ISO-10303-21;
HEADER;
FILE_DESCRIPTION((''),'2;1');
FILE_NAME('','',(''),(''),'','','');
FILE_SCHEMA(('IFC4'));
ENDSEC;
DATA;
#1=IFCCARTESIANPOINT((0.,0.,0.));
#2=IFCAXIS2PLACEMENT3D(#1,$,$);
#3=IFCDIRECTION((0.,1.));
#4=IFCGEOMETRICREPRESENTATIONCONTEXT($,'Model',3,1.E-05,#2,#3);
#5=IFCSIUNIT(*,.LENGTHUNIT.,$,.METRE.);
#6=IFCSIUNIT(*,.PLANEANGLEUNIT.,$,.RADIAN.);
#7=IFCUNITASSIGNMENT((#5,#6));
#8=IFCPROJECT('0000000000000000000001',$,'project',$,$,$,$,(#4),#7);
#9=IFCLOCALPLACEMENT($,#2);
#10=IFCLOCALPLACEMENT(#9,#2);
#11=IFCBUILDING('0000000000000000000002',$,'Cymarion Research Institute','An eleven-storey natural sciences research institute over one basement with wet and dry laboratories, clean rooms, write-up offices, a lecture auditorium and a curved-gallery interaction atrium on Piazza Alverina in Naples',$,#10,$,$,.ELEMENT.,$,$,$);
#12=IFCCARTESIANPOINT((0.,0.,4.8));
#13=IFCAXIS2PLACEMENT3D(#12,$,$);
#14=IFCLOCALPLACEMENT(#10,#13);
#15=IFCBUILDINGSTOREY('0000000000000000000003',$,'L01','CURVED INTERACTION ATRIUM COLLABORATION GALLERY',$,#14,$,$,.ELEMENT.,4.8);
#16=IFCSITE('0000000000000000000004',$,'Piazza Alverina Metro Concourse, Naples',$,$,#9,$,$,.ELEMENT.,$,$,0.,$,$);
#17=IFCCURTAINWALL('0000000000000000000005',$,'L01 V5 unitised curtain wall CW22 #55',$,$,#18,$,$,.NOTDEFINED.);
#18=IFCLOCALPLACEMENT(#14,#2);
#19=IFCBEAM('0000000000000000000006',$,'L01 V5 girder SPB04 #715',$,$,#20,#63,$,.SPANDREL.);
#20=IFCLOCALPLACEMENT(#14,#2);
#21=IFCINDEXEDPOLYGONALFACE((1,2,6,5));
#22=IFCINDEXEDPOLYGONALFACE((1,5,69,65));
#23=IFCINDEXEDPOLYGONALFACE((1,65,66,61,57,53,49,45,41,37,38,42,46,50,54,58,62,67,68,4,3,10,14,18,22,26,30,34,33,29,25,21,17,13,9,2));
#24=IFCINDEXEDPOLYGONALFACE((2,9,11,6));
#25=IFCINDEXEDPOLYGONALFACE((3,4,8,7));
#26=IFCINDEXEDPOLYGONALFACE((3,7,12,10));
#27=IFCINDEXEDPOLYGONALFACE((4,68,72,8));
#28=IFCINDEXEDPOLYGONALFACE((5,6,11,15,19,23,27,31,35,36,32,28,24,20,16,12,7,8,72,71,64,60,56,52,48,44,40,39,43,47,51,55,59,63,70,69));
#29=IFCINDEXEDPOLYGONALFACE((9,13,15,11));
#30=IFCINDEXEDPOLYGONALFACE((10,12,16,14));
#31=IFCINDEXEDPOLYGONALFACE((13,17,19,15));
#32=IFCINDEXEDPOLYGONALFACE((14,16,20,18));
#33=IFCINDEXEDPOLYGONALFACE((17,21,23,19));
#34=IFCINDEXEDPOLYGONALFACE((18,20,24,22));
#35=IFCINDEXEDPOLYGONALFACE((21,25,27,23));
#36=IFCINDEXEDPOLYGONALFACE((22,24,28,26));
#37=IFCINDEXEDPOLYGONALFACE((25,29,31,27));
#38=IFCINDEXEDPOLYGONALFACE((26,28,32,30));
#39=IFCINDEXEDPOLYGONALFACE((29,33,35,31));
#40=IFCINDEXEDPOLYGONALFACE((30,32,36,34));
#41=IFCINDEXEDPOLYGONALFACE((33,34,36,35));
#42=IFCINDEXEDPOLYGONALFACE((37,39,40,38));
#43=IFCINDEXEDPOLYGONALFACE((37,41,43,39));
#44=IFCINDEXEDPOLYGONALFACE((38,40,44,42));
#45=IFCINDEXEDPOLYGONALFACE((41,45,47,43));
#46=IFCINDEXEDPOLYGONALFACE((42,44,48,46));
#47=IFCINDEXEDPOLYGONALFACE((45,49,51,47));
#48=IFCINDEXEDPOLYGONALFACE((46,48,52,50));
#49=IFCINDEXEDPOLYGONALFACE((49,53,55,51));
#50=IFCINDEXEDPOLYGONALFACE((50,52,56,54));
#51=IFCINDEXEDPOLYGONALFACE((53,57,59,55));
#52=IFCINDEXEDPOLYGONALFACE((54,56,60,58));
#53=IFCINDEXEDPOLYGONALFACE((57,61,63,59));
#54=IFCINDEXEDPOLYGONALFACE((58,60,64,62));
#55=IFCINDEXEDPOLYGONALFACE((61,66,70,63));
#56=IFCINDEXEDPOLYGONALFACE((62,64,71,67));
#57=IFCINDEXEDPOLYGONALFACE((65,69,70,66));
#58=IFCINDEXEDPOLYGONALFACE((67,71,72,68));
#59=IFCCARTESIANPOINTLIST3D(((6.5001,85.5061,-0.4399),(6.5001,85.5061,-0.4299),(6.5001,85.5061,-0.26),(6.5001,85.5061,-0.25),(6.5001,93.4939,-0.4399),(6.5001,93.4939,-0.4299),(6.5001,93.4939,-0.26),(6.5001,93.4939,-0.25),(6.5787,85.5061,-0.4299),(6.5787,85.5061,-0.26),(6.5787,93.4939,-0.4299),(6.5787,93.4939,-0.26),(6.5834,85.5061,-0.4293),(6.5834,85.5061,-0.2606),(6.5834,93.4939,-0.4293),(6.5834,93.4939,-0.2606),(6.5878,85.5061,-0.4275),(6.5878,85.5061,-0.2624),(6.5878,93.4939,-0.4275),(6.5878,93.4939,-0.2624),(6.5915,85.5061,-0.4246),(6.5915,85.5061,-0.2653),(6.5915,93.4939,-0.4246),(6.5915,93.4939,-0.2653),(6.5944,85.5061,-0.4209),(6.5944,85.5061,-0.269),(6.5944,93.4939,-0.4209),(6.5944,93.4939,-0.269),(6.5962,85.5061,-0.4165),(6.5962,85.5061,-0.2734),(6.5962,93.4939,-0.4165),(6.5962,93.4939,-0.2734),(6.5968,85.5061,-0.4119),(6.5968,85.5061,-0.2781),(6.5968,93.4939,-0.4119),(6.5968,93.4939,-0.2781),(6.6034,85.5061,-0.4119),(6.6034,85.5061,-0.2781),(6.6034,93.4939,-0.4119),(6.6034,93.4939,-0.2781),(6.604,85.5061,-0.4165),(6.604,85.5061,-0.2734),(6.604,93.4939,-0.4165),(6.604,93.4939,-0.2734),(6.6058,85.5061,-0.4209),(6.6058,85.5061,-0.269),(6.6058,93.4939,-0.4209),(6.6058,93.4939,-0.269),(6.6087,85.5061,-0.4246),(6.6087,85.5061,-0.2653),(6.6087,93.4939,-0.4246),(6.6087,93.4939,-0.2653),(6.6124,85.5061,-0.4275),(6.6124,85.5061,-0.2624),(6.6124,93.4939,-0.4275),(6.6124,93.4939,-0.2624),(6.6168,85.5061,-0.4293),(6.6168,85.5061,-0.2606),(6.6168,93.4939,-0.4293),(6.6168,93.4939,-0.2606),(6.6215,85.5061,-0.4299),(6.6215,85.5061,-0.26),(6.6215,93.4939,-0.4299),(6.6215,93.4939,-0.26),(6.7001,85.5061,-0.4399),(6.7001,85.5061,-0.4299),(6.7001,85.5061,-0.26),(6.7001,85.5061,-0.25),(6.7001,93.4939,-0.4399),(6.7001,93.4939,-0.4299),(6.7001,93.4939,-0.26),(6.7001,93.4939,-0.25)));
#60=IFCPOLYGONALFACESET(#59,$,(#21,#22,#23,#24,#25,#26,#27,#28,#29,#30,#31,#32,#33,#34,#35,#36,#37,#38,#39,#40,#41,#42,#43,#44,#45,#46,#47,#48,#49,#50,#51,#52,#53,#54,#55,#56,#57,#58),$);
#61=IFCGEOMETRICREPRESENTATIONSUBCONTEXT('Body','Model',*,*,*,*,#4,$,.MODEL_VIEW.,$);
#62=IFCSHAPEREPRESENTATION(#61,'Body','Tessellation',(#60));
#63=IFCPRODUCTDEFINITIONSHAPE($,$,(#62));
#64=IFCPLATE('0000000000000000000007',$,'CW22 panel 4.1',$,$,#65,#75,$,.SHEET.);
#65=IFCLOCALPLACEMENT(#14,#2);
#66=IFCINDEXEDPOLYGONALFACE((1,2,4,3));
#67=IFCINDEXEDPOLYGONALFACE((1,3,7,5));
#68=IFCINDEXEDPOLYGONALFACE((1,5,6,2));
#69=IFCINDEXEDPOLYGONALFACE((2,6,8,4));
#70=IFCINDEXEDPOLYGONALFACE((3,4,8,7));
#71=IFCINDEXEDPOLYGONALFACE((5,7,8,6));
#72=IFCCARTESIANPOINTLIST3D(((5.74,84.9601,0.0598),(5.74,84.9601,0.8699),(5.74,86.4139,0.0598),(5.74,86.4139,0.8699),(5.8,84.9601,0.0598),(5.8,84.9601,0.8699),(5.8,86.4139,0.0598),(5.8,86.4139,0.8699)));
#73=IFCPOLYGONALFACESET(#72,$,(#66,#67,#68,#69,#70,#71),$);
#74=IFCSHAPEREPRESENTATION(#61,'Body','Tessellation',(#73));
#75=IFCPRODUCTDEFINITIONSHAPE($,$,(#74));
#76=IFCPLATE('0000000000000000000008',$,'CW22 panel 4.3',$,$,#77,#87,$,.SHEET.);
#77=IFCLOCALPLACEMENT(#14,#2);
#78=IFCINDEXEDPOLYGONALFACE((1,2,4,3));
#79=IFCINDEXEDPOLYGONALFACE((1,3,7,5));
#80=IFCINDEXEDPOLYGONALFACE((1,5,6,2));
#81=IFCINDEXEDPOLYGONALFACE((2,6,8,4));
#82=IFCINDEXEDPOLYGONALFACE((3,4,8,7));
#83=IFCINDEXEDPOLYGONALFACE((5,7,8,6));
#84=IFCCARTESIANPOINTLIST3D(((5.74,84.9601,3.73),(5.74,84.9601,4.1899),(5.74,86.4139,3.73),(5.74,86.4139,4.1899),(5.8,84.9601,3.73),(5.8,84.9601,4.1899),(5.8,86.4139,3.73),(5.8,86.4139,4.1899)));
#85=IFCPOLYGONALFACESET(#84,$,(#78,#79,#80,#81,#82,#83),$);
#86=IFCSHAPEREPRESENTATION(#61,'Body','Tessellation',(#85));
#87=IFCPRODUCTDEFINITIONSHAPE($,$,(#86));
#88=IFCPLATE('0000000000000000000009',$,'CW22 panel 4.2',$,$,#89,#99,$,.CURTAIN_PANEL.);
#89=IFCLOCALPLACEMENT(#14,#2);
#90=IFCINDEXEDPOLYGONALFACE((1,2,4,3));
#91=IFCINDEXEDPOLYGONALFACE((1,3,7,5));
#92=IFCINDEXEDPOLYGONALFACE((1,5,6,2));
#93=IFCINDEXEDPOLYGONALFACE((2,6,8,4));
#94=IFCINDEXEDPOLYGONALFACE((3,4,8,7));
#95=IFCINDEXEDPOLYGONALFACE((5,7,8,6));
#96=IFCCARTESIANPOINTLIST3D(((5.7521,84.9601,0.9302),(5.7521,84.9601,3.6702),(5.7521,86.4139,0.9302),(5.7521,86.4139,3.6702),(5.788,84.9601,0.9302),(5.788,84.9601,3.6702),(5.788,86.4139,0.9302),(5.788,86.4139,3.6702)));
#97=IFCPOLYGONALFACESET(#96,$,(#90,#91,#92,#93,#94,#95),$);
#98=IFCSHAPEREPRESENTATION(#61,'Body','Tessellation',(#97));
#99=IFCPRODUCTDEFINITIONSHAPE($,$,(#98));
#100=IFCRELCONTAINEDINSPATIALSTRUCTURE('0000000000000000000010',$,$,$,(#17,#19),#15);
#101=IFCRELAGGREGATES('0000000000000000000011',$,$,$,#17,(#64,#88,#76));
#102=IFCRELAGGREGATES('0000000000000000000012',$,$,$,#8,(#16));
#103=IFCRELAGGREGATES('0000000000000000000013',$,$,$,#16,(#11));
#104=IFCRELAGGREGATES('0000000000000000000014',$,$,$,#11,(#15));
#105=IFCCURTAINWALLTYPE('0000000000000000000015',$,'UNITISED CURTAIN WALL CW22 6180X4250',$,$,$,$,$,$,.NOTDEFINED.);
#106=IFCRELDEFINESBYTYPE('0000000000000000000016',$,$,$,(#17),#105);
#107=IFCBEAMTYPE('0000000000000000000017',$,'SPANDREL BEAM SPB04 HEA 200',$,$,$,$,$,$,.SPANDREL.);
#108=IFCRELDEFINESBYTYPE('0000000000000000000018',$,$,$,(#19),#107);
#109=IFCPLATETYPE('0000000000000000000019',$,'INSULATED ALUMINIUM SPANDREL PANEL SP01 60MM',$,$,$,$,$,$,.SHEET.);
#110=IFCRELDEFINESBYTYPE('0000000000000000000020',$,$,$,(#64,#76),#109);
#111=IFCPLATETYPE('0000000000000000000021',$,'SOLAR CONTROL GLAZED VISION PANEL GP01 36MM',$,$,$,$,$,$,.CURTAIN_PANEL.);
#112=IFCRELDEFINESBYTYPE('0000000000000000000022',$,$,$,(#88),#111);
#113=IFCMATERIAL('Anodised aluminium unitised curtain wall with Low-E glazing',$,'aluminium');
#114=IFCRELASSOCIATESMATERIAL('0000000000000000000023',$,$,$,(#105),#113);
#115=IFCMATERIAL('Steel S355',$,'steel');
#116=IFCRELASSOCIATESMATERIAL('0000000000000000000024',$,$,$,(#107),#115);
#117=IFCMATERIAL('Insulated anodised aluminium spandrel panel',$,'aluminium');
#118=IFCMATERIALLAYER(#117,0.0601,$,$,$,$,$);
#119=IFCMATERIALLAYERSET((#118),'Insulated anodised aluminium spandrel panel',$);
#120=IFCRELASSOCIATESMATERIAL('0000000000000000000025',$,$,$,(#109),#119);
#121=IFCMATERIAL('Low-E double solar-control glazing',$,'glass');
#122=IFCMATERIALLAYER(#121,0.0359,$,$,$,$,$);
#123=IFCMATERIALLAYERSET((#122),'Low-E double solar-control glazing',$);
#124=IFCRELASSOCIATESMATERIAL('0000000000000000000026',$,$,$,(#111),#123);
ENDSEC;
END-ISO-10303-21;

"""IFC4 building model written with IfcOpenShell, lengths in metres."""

from ifc_helpers import new_model, si_unit, direction, frame, origin, origin_2d, place, context, subcontext, project, spatial, rectangle, i_section, extrude, material, layer, layer_set, material_profile, profile_set, type_object, element, aggregate, save


model = new_model("IFC4")

# Units and contexts
model_context = context("Model", 3, precision=1e-05, world=origin(), true_north=direction((0.0, 1.0)))
body_context = subcontext(model_context, "Body", "Model", "MODEL_VIEW")
ifc_project = project(units=[si_unit("LENGTHUNIT", "METRE"), si_unit("PLANEANGLEUNIT", "RADIAN")], contexts=[model_context])

# Site, building, storey
site_placement = place(None, origin())
site = spatial("IfcSite", under=ifc_project, at=site_placement, Name="Piazza Alverina Metro Concourse, Naples", CompositionType="ELEMENT", RefElevation=0.0)
building_placement = place(site_placement, origin())
building = spatial("IfcBuilding", under=site, at=building_placement, Name="Cymarion Research Institute", Description="An eleven-storey natural sciences research institute over one basement with wet and dry laboratories, clean rooms, write-up offices, a lecture auditorium and a curved-gallery interaction atrium on Piazza Alverina in Naples", CompositionType="ELEMENT")
storey_placement = place(building_placement, frame((0.0, 0.0, 4.8)))
storey = spatial("IfcBuildingStorey", under=building, at=storey_placement, Name="L01", Description="CURVED INTERACTION ATRIUM COLLABORATION GALLERY", CompositionType="ELEMENT", Elevation=4.8)

# Shared definitions
ifc_material_1 = material(Name="Steel S355", Category="steel")

# Curtain wall
ifc_material_2 = material(Name="Anodised aluminium unitised curtain wall with Low-E glazing", Category="aluminium")
curtain_wall_type = type_object("IfcCurtainWallType", Name="UNITISED CURTAIN WALL CW22 6180X4250", PredefinedType="NOTDEFINED", material=ifc_material_2)
curtain_wall_placement = place(storey_placement, origin())
curtain_wall = element("IfcCurtainWall", 1, at=curtain_wall_placement, inside=storey, type_object=curtain_wall_type, Name="L01 V5 unitised curtain wall CW22 #55", PredefinedType="NOTDEFINED")

# Beam
ifc_material_profile_1 = material_profile(ifc_material_1, i_section(OverallWidth=0.2, OverallDepth=0.1899, WebThickness=0.0066, FlangeThickness=0.01, FilletRadius=0.0181, at=origin_2d()), Name="HEA 200")
ifc_profile_set_1 = profile_set([ifc_material_profile_1], Name="Steel S355")
beam_type_1 = type_object("IfcBeamType", Name="SPANDREL BEAM SPB04 HEA 200", PredefinedType="SPANDREL", material=ifc_profile_set_1)
beam_1_placement = place(storey_placement, frame((6.6001, 85.5061, -0.345), z_axis=(0.0, 1.0, 0.0), x_axis=(-1.0, 0.0, 0.0)))
element("IfcBeam", 2, at=beam_1_placement, inside=storey, type_object=beam_type_1, Name="L01 V5 girder SPB04 #715", PredefinedType="SPANDREL", context=body_context, shape_type="SweptSolid", body=[
    extrude(i_section(OverallWidth=0.2, OverallDepth=0.1899, WebThickness=0.0066, FlangeThickness=0.01, FilletRadius=0.0181, at=origin_2d()), origin(), (0.0, 0.0, 1.0), 7.9878),
])

# Plates
ifc_material_3 = material(Name="Insulated anodised aluminium spandrel panel", Category="aluminium")
ifc_layer_1 = layer(ifc_material_3, 0.0601)
ifc_layer_set_1 = layer_set([ifc_layer_1], Name="Insulated anodised aluminium spandrel panel")
plate_type_1 = type_object("IfcPlateType", Name="INSULATED ALUMINIUM SPANDREL PANEL SP01 60MM", PredefinedType="SHEET", material=ifc_layer_set_1)
plate_1_placement = place(storey_placement, frame((5.77, 85.687, 0.0598), z_axis=(0.0, 0.0, 1.0), x_axis=(0.0, -1.0, 0.0)))
plate_1 = element("IfcPlate", 3, at=plate_1_placement, type_object=plate_type_1, Name="CW22 panel 4.1", PredefinedType="SHEET", context=body_context, shape_type="SweptSolid", body=[
    extrude(rectangle(XDim=1.4539, YDim=0.0601, at=origin_2d()), origin(), (0.0, 0.0, 1.0), 0.8101),
])
plate_2_placement = place(storey_placement, frame((5.77, 85.687, 3.73), z_axis=(0.0, 0.0, 1.0), x_axis=(0.0, -1.0, 0.0)))
plate_2 = element("IfcPlate", 4, at=plate_2_placement, type_object=plate_type_1, Name="CW22 panel 4.3", PredefinedType="SHEET", context=body_context, shape_type="SweptSolid", body=[
    extrude(rectangle(XDim=1.4539, YDim=0.0601, at=origin_2d()), origin(), (0.0, 0.0, 1.0), 0.46),
])
ifc_material_4 = material(Name="Low-E double solar-control glazing", Category="glass")
ifc_layer_2 = layer(ifc_material_4, 0.0359)
ifc_layer_set_2 = layer_set([ifc_layer_2], Name="Low-E double solar-control glazing")
plate_type_2 = type_object("IfcPlateType", Name="SOLAR CONTROL GLAZED VISION PANEL GP01 36MM", PredefinedType="CURTAIN_PANEL", material=ifc_layer_set_2)
plate_3_placement = place(storey_placement, frame((5.77, 85.687, 0.9302), z_axis=(0.0, 0.0, 1.0), x_axis=(0.0, -1.0, 0.0)))
plate_3 = element("IfcPlate", 5, at=plate_3_placement, type_object=plate_type_2, Name="CW22 panel 4.2", PredefinedType="CURTAIN_PANEL", context=body_context, shape_type="SweptSolid", body=[
    extrude(rectangle(XDim=1.4539, YDim=0.0359, at=origin_2d()), origin(), (0.0, 0.0, 1.0), 2.74),
])
aggregate(curtain_wall, [plate_1, plate_3, plate_2])

save(model, "model.ifc")
